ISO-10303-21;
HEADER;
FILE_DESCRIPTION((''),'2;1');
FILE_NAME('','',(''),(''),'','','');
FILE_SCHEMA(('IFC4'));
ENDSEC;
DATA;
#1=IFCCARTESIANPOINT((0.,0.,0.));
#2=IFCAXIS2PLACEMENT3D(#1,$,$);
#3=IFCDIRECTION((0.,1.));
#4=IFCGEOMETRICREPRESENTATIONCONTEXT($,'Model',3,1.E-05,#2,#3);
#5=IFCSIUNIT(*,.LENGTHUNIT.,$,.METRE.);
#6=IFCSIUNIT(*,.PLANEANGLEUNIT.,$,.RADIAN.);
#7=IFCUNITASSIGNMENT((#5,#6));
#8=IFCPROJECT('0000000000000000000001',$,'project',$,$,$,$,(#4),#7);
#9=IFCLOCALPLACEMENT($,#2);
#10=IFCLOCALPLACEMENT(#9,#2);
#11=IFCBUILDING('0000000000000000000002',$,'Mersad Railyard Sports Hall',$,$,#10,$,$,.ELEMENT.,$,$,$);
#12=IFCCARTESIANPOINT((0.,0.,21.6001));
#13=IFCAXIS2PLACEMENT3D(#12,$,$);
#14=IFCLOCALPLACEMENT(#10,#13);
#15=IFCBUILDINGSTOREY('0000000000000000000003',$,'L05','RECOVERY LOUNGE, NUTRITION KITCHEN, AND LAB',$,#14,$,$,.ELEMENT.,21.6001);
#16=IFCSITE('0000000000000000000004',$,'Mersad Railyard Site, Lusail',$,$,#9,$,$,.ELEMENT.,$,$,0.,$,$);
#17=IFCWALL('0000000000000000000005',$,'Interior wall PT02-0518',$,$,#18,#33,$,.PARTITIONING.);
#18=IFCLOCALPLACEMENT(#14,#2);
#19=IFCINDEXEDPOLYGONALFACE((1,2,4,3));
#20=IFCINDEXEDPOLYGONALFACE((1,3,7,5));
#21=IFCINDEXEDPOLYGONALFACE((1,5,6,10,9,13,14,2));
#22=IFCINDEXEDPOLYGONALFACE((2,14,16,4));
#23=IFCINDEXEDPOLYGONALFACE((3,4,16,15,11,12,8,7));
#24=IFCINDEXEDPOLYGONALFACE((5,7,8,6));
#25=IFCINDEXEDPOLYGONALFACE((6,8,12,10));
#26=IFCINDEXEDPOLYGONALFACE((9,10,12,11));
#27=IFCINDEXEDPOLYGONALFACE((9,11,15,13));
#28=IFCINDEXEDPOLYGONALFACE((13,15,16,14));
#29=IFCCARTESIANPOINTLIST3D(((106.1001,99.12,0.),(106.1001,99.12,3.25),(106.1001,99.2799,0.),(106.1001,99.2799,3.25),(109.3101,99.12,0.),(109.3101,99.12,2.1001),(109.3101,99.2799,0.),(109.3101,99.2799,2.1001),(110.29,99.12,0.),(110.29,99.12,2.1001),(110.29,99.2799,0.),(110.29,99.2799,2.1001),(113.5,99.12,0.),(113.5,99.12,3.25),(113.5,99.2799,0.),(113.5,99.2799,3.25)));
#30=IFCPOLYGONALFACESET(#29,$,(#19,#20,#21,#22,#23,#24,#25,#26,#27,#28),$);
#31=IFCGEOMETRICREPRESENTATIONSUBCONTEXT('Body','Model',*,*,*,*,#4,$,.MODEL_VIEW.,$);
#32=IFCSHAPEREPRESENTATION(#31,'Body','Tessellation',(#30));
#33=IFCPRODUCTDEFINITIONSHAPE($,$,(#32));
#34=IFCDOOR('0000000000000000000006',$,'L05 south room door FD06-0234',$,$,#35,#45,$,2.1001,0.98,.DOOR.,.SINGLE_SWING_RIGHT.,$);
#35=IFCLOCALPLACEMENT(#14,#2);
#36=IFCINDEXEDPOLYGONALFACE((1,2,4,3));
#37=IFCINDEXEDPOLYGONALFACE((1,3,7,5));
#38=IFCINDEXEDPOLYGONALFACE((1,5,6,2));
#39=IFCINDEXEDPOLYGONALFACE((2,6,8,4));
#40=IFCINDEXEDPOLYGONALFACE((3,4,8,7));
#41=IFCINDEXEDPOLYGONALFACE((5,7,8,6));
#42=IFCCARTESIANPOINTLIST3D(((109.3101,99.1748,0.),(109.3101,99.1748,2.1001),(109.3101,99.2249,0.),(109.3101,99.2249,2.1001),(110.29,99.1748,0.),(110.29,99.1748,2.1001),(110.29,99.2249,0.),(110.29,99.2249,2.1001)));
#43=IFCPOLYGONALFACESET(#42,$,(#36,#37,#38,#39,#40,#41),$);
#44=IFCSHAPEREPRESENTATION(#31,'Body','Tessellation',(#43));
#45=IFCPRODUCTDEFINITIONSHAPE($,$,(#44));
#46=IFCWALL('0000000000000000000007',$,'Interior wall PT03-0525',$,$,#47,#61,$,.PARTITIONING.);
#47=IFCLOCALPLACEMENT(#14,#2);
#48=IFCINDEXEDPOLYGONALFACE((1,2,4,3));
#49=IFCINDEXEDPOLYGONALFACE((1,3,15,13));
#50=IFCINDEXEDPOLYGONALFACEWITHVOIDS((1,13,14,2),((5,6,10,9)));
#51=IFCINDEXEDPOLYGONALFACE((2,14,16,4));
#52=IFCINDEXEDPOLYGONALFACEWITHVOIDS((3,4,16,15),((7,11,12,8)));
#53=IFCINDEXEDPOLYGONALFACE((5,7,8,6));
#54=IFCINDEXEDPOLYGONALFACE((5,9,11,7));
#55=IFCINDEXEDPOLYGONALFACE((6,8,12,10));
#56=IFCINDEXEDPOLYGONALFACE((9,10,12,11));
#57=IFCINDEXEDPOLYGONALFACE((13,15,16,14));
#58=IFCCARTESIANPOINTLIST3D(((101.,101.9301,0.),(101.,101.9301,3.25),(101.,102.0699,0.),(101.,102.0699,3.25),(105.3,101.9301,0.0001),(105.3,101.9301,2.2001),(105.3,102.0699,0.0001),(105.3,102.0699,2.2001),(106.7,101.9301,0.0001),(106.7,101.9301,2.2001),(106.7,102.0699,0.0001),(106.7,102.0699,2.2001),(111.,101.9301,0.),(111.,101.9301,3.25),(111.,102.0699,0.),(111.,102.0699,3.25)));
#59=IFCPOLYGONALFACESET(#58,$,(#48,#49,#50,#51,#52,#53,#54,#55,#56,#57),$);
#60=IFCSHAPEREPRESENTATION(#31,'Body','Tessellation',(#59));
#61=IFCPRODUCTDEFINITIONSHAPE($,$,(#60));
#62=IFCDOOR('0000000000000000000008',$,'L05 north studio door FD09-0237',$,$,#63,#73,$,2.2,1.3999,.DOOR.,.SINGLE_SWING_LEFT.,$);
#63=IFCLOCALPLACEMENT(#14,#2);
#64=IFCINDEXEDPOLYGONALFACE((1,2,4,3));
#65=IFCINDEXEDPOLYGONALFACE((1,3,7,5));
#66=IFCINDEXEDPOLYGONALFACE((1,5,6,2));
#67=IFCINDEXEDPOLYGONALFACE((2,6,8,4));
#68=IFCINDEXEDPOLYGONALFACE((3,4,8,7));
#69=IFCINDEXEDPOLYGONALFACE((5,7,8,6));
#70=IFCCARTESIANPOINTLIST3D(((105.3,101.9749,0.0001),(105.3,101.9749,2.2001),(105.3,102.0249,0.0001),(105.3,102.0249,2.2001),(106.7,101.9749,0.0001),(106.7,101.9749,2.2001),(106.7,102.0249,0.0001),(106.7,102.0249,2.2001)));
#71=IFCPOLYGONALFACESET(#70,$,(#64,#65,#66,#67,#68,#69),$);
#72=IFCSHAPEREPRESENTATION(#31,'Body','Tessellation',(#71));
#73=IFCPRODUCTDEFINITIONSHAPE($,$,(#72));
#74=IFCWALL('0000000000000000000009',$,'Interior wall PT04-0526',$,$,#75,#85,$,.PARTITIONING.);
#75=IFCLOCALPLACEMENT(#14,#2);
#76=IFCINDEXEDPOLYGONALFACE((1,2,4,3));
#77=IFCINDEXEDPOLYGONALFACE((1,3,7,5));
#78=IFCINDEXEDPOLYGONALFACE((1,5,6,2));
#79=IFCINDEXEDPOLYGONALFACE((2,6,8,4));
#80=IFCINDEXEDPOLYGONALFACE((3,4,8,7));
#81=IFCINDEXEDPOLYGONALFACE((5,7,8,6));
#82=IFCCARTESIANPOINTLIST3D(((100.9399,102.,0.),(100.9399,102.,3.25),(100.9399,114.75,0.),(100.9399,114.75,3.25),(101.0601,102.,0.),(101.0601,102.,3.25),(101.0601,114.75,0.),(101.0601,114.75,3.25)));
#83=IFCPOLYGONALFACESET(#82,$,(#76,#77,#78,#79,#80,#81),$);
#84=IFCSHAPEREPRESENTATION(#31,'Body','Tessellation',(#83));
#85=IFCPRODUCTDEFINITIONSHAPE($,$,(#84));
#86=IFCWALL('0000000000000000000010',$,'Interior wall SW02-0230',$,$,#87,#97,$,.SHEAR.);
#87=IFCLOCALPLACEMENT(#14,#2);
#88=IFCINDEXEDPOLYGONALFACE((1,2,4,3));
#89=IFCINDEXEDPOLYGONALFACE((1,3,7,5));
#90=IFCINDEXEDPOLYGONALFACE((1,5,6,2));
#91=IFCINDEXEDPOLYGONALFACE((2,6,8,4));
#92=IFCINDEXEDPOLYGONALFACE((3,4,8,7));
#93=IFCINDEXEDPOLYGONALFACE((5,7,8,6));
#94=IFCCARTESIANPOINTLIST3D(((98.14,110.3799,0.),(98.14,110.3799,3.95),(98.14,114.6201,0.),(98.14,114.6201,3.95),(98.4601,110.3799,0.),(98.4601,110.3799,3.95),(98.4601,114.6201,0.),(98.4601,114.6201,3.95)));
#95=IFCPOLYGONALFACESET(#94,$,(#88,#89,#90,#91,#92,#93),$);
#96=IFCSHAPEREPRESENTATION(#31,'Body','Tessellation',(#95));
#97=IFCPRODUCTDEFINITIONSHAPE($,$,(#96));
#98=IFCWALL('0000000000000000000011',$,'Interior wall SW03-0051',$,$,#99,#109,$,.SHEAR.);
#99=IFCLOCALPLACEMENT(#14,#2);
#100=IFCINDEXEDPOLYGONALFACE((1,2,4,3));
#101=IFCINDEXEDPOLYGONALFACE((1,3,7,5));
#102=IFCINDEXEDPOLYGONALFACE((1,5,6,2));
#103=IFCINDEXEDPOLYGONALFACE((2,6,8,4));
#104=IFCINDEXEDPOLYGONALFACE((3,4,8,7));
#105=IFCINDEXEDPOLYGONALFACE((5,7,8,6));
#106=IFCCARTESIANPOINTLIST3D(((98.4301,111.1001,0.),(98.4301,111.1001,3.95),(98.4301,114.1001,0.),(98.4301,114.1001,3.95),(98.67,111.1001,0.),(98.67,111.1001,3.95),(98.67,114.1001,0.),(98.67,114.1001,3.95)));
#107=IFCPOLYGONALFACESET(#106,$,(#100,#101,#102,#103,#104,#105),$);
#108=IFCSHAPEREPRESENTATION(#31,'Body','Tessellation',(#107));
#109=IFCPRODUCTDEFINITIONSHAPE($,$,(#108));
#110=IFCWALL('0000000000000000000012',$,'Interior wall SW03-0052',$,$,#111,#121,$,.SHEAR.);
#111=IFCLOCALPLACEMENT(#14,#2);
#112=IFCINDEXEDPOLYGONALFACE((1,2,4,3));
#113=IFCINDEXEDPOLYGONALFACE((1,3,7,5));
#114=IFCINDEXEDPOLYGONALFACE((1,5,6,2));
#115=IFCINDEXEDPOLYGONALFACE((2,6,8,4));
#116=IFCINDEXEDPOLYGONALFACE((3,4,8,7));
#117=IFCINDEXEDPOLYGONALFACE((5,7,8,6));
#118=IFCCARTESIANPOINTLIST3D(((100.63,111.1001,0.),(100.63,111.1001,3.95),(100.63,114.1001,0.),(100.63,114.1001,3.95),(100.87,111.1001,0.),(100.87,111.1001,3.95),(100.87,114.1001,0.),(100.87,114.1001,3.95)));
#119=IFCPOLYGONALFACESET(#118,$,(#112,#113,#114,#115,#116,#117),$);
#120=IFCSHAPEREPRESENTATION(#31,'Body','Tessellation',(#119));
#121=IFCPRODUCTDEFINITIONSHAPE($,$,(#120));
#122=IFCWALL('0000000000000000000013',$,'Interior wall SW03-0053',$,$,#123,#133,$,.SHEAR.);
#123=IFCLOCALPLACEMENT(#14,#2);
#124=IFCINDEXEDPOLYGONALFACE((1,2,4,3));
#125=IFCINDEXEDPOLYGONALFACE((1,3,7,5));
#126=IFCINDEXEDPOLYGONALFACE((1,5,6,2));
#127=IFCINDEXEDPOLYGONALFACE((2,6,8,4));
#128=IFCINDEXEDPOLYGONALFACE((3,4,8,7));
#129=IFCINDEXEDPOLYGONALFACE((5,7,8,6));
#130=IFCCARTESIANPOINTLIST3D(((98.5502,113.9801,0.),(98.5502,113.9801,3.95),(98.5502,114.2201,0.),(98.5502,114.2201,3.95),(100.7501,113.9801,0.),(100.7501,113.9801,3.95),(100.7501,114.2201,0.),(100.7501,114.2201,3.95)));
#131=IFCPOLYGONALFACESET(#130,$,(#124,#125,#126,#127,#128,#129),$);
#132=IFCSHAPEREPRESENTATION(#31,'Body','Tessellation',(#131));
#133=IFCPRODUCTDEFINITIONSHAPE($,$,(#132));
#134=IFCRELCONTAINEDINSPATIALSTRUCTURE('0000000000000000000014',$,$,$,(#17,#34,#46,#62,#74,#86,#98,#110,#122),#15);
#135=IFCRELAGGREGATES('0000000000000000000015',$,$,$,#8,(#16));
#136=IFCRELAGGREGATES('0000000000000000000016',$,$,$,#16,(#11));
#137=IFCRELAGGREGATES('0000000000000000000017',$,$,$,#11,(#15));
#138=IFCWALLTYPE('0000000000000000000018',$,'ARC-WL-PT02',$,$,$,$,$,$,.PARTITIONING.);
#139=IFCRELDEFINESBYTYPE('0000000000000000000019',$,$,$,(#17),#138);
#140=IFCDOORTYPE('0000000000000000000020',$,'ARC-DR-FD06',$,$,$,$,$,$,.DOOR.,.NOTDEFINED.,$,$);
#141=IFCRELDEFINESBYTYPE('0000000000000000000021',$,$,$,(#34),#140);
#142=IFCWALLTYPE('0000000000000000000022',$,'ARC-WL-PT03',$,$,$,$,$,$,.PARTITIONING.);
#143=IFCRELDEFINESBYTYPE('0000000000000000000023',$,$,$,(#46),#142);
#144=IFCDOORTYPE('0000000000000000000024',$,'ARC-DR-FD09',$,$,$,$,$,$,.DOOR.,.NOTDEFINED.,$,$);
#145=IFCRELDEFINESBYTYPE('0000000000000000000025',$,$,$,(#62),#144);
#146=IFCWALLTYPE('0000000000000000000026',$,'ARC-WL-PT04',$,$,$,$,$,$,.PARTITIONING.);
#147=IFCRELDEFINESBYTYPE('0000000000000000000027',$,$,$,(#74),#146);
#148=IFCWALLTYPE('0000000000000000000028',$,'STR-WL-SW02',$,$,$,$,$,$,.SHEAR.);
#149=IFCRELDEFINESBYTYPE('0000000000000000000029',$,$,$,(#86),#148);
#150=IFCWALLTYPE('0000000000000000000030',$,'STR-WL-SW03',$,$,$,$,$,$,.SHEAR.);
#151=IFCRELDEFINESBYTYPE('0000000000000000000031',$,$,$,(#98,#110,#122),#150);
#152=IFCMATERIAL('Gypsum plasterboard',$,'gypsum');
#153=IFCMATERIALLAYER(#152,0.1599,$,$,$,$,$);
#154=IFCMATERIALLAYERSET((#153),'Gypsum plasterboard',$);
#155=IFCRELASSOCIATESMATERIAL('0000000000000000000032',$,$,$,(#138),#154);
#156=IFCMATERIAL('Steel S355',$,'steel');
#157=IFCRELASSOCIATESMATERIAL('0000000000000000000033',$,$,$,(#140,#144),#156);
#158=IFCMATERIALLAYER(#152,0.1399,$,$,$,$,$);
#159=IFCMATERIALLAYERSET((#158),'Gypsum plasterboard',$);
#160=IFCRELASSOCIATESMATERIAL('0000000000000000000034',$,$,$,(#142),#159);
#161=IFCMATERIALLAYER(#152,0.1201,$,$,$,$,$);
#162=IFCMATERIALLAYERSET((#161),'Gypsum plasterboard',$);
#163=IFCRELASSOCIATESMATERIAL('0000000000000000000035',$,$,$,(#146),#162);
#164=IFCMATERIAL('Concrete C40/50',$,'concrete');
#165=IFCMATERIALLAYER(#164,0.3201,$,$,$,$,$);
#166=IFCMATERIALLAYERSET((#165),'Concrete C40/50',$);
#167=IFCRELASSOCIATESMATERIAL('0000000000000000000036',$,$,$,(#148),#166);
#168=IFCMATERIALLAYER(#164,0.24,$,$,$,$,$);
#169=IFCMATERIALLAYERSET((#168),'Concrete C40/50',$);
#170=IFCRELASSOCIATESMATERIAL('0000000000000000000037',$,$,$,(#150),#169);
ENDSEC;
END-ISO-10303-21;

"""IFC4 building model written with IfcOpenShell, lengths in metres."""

from ifc_helpers import new_model, si_unit, direction, frame, frame_2d, origin, place, context, subcontext, project, spatial, rectangle, extrude, material, layer, layer_set, type_object, element, fill, save


model = new_model("IFC4")

# Units and contexts
model_context = context("Model", 3, precision=1e-05, world=origin(), true_north=direction((0.0, 1.0)))
body_context = subcontext(model_context, "Body", "Model", "MODEL_VIEW")
ifc_project = project(units=[si_unit("LENGTHUNIT", "METRE"), si_unit("PLANEANGLEUNIT", "RADIAN")], contexts=[model_context])

# Site, building, storey
site_placement = place(None, origin())
site = spatial("IfcSite", under=ifc_project, at=site_placement, Name="Mersad Railyard Site, Lusail", CompositionType="ELEMENT", RefElevation=0.0)
building_placement = place(site_placement, origin())
building = spatial("IfcBuilding", under=site, at=building_placement, Name="Mersad Railyard Sports Hall", CompositionType="ELEMENT")
storey_placement = place(building_placement, frame((0.0, 0.0, 21.6001)))
storey = spatial("IfcBuildingStorey", under=building, at=storey_placement, Name="L05", Description="RECOVERY LOUNGE, NUTRITION KITCHEN, AND LAB", CompositionType="ELEMENT", Elevation=21.6001)

# Shared definitions
ifc_material_1 = material(Name="Concrete C40/50", Category="concrete")

# Walls, openings, doors
ifc_material_2 = material(Name="Steel S355", Category="steel")
ifc_material_3 = material(Name="Gypsum plasterboard", Category="gypsum")
ifc_layer_1 = layer(ifc_material_3, 0.1599)
ifc_layer_set_1 = layer_set([ifc_layer_1], Name="Gypsum plasterboard")
wall_type_1 = type_object("IfcWallType", Name="ARC-WL-PT02", PredefinedType="PARTITIONING", material=ifc_layer_set_1)
wall_1_placement = place(storey_placement, frame((106.1001, 99.2, 0.0), z_axis=(0.0, 0.0, 1.0), x_axis=(1.0, 0.0, 0.0)))
wall_1 = element("IfcWall", 1, at=wall_1_placement, inside=storey, type_object=wall_type_1, Name="Interior wall PT02-0518", PredefinedType="PARTITIONING", context=body_context, shape_type="SweptSolid", body=[
    extrude(rectangle(XDim=7.3999, YDim=0.1599, at=frame_2d((3.7, 0.0))), origin(), (0.0, 0.0, 1.0), 3.25),
])
opening_1_placement = place(wall_1_placement, frame((3.21, 0.0, 0.0)))
opening_1 = element("IfcOpeningElement", 2, at=opening_1_placement, cuts=wall_1, PredefinedType="OPENING", context=body_context, shape_type="SweptSolid", body=[
    extrude(rectangle(XDim=0.98, YDim=2.1001, at=frame_2d((0.49, 1.05))), frame((0.0, 0.0898, 0.0), z_axis=(0.0, -1.0, 0.0), x_axis=(1.0, 0.0, 0.0)), (0.0, 0.0, 1.0), 0.1799),
])
door_type_1 = type_object("IfcDoorType", Name="ARC-DR-FD06", OperationType="NOTDEFINED", PredefinedType="DOOR", material=ifc_material_2)
door_1_placement = place(opening_1_placement, origin())
door_1 = element("IfcDoor", 3, at=door_1_placement, inside=storey, type_object=door_type_1, Name="L05 south room door FD06-0234", OperationType="SINGLE_SWING_RIGHT", OverallHeight=2.1001, OverallWidth=0.98, PredefinedType="DOOR", context=body_context, shape_type="SweptSolid", body=[
    extrude(rectangle(XDim=0.98, YDim=2.1001, at=frame_2d((0.49, 1.05))), frame((0.0, 0.0249, 0.0), z_axis=(0.0, -1.0, 0.0), x_axis=(1.0, 0.0, 0.0)), (0.0, 0.0, 1.0), 0.05),
])
fill(opening_1, door_1)
ifc_layer_2 = layer(ifc_material_3, 0.1399)
ifc_layer_set_2 = layer_set([ifc_layer_2], Name="Gypsum plasterboard")
wall_type_2 = type_object("IfcWallType", Name="ARC-WL-PT03", PredefinedType="PARTITIONING", material=ifc_layer_set_2)
wall_2_placement = place(storey_placement, frame((101.0, 102.0, 0.0), z_axis=(0.0, 0.0, 1.0), x_axis=(1.0, 0.0, 0.0)))
wall_2 = element("IfcWall", 4, at=wall_2_placement, inside=storey, type_object=wall_type_2, Name="Interior wall PT03-0525", PredefinedType="PARTITIONING", context=body_context, shape_type="SweptSolid", body=[
    extrude(rectangle(XDim=10.0, YDim=0.1399, at=frame_2d((5.0, 0.0))), origin(), (0.0, 0.0, 1.0), 3.25),
])
opening_2_placement = place(wall_2_placement, frame((4.3, 0.0, 0.0)))
opening_2 = element("IfcOpeningElement", 5, at=opening_2_placement, cuts=wall_2, PredefinedType="OPENING", context=body_context, shape_type="SweptSolid", body=[
    extrude(rectangle(XDim=1.3999, YDim=2.2, at=frame_2d((0.7, 1.1001))), frame((0.0, 0.0798, 0.0), z_axis=(0.0, -1.0, 0.0), x_axis=(1.0, 0.0, 0.0)), (0.0, 0.0, 1.0), 0.1599),
])
door_type_2 = type_object("IfcDoorType", Name="ARC-DR-FD09", OperationType="NOTDEFINED", PredefinedType="DOOR", material=ifc_material_2)
door_2_placement = place(opening_2_placement, origin())
door_2 = element("IfcDoor", 6, at=door_2_placement, inside=storey, type_object=door_type_2, Name="L05 north studio door FD09-0237", OperationType="SINGLE_SWING_LEFT", OverallHeight=2.2, OverallWidth=1.3999, PredefinedType="DOOR", context=body_context, shape_type="SweptSolid", body=[
    extrude(rectangle(XDim=1.3999, YDim=2.2, at=frame_2d((0.7, 1.1001))), frame((0.0, 0.0249, 0.0), z_axis=(0.0, -1.0, 0.0), x_axis=(1.0, 0.0, 0.0)), (0.0, 0.0, 1.0), 0.05),
])
fill(opening_2, door_2)

# Walls
ifc_layer_3 = layer(ifc_material_3, 0.1201)
ifc_layer_set_3 = layer_set([ifc_layer_3], Name="Gypsum plasterboard")
wall_type_3 = type_object("IfcWallType", Name="ARC-WL-PT04", PredefinedType="PARTITIONING", material=ifc_layer_set_3)
wall_3_placement = place(storey_placement, frame((101.0, 102.0, 0.0), z_axis=(0.0, 0.0, 1.0), x_axis=(0.0, 1.0, 0.0)))
element("IfcWall", 7, at=wall_3_placement, inside=storey, type_object=wall_type_3, Name="Interior wall PT04-0526", PredefinedType="PARTITIONING", context=body_context, shape_type="SweptSolid", body=[
    extrude(rectangle(XDim=12.75, YDim=0.1201, at=frame_2d((6.375, 0.0))), origin(), (0.0, 0.0, 1.0), 3.25),
])
ifc_layer_4 = layer(ifc_material_1, 0.3201)
ifc_layer_set_4 = layer_set([ifc_layer_4], Name="Concrete C40/50")
wall_type_4 = type_object("IfcWallType", Name="STR-WL-SW02", PredefinedType="SHEAR", material=ifc_layer_set_4)
wall_4_placement = place(storey_placement, frame((98.3, 110.3799, 0.0), z_axis=(0.0, 0.0, 1.0), x_axis=(0.0, 1.0, 0.0)))
element("IfcWall", 8, at=wall_4_placement, inside=storey, type_object=wall_type_4, Name="Interior wall SW02-0230", PredefinedType="SHEAR", context=body_context, shape_type="SweptSolid", body=[
    extrude(rectangle(XDim=4.2402, YDim=0.3201, at=frame_2d((2.1201, 0.0))), origin(), (0.0, 0.0, 1.0), 3.95),
])
ifc_layer_5 = layer(ifc_material_1, 0.24)
ifc_layer_set_5 = layer_set([ifc_layer_5], Name="Concrete C40/50")
wall_type_5 = type_object("IfcWallType", Name="STR-WL-SW03", PredefinedType="SHEAR", material=ifc_layer_set_5)
for number, where, z_axis, x_axis, name in (
    (9, (98.55, 111.1001, 0.0), (0.0, 0.0, 1.0), (0.0, 1.0, 0.0), "Interior wall SW03-0051"),
    (10, (100.75, 114.1001, 0.0), (0.0, 0.0, 1.0), (0.0, -1.0, 0.0), "Interior wall SW03-0052"),
):
    element("IfcWall", number, at=place(storey_placement, frame(where, z_axis=z_axis, x_axis=x_axis)), inside=storey, type_object=wall_type_5, Name=name, PredefinedType="SHEAR", context=body_context, shape_type="SweptSolid", body=[
        extrude(rectangle(XDim=3.0, YDim=0.24, at=frame_2d((1.5, 0.0))), origin(), (0.0, 0.0, 1.0), 3.95),
    ])
wall_5_placement = place(storey_placement, frame((98.55, 114.1001, 0.0), z_axis=(0.0, 0.0, 1.0), x_axis=(1.0, 0.0, 0.0)))
element("IfcWall", 11, at=wall_5_placement, inside=storey, type_object=wall_type_5, Name="Interior wall SW03-0053", PredefinedType="SHEAR", context=body_context, shape_type="SweptSolid", body=[
    extrude(rectangle(XDim=2.2, YDim=0.24, at=frame_2d((1.1001, 0.0))), origin(), (0.0, 0.0, 1.0), 3.95),
])

save(model, "model.ifc")
